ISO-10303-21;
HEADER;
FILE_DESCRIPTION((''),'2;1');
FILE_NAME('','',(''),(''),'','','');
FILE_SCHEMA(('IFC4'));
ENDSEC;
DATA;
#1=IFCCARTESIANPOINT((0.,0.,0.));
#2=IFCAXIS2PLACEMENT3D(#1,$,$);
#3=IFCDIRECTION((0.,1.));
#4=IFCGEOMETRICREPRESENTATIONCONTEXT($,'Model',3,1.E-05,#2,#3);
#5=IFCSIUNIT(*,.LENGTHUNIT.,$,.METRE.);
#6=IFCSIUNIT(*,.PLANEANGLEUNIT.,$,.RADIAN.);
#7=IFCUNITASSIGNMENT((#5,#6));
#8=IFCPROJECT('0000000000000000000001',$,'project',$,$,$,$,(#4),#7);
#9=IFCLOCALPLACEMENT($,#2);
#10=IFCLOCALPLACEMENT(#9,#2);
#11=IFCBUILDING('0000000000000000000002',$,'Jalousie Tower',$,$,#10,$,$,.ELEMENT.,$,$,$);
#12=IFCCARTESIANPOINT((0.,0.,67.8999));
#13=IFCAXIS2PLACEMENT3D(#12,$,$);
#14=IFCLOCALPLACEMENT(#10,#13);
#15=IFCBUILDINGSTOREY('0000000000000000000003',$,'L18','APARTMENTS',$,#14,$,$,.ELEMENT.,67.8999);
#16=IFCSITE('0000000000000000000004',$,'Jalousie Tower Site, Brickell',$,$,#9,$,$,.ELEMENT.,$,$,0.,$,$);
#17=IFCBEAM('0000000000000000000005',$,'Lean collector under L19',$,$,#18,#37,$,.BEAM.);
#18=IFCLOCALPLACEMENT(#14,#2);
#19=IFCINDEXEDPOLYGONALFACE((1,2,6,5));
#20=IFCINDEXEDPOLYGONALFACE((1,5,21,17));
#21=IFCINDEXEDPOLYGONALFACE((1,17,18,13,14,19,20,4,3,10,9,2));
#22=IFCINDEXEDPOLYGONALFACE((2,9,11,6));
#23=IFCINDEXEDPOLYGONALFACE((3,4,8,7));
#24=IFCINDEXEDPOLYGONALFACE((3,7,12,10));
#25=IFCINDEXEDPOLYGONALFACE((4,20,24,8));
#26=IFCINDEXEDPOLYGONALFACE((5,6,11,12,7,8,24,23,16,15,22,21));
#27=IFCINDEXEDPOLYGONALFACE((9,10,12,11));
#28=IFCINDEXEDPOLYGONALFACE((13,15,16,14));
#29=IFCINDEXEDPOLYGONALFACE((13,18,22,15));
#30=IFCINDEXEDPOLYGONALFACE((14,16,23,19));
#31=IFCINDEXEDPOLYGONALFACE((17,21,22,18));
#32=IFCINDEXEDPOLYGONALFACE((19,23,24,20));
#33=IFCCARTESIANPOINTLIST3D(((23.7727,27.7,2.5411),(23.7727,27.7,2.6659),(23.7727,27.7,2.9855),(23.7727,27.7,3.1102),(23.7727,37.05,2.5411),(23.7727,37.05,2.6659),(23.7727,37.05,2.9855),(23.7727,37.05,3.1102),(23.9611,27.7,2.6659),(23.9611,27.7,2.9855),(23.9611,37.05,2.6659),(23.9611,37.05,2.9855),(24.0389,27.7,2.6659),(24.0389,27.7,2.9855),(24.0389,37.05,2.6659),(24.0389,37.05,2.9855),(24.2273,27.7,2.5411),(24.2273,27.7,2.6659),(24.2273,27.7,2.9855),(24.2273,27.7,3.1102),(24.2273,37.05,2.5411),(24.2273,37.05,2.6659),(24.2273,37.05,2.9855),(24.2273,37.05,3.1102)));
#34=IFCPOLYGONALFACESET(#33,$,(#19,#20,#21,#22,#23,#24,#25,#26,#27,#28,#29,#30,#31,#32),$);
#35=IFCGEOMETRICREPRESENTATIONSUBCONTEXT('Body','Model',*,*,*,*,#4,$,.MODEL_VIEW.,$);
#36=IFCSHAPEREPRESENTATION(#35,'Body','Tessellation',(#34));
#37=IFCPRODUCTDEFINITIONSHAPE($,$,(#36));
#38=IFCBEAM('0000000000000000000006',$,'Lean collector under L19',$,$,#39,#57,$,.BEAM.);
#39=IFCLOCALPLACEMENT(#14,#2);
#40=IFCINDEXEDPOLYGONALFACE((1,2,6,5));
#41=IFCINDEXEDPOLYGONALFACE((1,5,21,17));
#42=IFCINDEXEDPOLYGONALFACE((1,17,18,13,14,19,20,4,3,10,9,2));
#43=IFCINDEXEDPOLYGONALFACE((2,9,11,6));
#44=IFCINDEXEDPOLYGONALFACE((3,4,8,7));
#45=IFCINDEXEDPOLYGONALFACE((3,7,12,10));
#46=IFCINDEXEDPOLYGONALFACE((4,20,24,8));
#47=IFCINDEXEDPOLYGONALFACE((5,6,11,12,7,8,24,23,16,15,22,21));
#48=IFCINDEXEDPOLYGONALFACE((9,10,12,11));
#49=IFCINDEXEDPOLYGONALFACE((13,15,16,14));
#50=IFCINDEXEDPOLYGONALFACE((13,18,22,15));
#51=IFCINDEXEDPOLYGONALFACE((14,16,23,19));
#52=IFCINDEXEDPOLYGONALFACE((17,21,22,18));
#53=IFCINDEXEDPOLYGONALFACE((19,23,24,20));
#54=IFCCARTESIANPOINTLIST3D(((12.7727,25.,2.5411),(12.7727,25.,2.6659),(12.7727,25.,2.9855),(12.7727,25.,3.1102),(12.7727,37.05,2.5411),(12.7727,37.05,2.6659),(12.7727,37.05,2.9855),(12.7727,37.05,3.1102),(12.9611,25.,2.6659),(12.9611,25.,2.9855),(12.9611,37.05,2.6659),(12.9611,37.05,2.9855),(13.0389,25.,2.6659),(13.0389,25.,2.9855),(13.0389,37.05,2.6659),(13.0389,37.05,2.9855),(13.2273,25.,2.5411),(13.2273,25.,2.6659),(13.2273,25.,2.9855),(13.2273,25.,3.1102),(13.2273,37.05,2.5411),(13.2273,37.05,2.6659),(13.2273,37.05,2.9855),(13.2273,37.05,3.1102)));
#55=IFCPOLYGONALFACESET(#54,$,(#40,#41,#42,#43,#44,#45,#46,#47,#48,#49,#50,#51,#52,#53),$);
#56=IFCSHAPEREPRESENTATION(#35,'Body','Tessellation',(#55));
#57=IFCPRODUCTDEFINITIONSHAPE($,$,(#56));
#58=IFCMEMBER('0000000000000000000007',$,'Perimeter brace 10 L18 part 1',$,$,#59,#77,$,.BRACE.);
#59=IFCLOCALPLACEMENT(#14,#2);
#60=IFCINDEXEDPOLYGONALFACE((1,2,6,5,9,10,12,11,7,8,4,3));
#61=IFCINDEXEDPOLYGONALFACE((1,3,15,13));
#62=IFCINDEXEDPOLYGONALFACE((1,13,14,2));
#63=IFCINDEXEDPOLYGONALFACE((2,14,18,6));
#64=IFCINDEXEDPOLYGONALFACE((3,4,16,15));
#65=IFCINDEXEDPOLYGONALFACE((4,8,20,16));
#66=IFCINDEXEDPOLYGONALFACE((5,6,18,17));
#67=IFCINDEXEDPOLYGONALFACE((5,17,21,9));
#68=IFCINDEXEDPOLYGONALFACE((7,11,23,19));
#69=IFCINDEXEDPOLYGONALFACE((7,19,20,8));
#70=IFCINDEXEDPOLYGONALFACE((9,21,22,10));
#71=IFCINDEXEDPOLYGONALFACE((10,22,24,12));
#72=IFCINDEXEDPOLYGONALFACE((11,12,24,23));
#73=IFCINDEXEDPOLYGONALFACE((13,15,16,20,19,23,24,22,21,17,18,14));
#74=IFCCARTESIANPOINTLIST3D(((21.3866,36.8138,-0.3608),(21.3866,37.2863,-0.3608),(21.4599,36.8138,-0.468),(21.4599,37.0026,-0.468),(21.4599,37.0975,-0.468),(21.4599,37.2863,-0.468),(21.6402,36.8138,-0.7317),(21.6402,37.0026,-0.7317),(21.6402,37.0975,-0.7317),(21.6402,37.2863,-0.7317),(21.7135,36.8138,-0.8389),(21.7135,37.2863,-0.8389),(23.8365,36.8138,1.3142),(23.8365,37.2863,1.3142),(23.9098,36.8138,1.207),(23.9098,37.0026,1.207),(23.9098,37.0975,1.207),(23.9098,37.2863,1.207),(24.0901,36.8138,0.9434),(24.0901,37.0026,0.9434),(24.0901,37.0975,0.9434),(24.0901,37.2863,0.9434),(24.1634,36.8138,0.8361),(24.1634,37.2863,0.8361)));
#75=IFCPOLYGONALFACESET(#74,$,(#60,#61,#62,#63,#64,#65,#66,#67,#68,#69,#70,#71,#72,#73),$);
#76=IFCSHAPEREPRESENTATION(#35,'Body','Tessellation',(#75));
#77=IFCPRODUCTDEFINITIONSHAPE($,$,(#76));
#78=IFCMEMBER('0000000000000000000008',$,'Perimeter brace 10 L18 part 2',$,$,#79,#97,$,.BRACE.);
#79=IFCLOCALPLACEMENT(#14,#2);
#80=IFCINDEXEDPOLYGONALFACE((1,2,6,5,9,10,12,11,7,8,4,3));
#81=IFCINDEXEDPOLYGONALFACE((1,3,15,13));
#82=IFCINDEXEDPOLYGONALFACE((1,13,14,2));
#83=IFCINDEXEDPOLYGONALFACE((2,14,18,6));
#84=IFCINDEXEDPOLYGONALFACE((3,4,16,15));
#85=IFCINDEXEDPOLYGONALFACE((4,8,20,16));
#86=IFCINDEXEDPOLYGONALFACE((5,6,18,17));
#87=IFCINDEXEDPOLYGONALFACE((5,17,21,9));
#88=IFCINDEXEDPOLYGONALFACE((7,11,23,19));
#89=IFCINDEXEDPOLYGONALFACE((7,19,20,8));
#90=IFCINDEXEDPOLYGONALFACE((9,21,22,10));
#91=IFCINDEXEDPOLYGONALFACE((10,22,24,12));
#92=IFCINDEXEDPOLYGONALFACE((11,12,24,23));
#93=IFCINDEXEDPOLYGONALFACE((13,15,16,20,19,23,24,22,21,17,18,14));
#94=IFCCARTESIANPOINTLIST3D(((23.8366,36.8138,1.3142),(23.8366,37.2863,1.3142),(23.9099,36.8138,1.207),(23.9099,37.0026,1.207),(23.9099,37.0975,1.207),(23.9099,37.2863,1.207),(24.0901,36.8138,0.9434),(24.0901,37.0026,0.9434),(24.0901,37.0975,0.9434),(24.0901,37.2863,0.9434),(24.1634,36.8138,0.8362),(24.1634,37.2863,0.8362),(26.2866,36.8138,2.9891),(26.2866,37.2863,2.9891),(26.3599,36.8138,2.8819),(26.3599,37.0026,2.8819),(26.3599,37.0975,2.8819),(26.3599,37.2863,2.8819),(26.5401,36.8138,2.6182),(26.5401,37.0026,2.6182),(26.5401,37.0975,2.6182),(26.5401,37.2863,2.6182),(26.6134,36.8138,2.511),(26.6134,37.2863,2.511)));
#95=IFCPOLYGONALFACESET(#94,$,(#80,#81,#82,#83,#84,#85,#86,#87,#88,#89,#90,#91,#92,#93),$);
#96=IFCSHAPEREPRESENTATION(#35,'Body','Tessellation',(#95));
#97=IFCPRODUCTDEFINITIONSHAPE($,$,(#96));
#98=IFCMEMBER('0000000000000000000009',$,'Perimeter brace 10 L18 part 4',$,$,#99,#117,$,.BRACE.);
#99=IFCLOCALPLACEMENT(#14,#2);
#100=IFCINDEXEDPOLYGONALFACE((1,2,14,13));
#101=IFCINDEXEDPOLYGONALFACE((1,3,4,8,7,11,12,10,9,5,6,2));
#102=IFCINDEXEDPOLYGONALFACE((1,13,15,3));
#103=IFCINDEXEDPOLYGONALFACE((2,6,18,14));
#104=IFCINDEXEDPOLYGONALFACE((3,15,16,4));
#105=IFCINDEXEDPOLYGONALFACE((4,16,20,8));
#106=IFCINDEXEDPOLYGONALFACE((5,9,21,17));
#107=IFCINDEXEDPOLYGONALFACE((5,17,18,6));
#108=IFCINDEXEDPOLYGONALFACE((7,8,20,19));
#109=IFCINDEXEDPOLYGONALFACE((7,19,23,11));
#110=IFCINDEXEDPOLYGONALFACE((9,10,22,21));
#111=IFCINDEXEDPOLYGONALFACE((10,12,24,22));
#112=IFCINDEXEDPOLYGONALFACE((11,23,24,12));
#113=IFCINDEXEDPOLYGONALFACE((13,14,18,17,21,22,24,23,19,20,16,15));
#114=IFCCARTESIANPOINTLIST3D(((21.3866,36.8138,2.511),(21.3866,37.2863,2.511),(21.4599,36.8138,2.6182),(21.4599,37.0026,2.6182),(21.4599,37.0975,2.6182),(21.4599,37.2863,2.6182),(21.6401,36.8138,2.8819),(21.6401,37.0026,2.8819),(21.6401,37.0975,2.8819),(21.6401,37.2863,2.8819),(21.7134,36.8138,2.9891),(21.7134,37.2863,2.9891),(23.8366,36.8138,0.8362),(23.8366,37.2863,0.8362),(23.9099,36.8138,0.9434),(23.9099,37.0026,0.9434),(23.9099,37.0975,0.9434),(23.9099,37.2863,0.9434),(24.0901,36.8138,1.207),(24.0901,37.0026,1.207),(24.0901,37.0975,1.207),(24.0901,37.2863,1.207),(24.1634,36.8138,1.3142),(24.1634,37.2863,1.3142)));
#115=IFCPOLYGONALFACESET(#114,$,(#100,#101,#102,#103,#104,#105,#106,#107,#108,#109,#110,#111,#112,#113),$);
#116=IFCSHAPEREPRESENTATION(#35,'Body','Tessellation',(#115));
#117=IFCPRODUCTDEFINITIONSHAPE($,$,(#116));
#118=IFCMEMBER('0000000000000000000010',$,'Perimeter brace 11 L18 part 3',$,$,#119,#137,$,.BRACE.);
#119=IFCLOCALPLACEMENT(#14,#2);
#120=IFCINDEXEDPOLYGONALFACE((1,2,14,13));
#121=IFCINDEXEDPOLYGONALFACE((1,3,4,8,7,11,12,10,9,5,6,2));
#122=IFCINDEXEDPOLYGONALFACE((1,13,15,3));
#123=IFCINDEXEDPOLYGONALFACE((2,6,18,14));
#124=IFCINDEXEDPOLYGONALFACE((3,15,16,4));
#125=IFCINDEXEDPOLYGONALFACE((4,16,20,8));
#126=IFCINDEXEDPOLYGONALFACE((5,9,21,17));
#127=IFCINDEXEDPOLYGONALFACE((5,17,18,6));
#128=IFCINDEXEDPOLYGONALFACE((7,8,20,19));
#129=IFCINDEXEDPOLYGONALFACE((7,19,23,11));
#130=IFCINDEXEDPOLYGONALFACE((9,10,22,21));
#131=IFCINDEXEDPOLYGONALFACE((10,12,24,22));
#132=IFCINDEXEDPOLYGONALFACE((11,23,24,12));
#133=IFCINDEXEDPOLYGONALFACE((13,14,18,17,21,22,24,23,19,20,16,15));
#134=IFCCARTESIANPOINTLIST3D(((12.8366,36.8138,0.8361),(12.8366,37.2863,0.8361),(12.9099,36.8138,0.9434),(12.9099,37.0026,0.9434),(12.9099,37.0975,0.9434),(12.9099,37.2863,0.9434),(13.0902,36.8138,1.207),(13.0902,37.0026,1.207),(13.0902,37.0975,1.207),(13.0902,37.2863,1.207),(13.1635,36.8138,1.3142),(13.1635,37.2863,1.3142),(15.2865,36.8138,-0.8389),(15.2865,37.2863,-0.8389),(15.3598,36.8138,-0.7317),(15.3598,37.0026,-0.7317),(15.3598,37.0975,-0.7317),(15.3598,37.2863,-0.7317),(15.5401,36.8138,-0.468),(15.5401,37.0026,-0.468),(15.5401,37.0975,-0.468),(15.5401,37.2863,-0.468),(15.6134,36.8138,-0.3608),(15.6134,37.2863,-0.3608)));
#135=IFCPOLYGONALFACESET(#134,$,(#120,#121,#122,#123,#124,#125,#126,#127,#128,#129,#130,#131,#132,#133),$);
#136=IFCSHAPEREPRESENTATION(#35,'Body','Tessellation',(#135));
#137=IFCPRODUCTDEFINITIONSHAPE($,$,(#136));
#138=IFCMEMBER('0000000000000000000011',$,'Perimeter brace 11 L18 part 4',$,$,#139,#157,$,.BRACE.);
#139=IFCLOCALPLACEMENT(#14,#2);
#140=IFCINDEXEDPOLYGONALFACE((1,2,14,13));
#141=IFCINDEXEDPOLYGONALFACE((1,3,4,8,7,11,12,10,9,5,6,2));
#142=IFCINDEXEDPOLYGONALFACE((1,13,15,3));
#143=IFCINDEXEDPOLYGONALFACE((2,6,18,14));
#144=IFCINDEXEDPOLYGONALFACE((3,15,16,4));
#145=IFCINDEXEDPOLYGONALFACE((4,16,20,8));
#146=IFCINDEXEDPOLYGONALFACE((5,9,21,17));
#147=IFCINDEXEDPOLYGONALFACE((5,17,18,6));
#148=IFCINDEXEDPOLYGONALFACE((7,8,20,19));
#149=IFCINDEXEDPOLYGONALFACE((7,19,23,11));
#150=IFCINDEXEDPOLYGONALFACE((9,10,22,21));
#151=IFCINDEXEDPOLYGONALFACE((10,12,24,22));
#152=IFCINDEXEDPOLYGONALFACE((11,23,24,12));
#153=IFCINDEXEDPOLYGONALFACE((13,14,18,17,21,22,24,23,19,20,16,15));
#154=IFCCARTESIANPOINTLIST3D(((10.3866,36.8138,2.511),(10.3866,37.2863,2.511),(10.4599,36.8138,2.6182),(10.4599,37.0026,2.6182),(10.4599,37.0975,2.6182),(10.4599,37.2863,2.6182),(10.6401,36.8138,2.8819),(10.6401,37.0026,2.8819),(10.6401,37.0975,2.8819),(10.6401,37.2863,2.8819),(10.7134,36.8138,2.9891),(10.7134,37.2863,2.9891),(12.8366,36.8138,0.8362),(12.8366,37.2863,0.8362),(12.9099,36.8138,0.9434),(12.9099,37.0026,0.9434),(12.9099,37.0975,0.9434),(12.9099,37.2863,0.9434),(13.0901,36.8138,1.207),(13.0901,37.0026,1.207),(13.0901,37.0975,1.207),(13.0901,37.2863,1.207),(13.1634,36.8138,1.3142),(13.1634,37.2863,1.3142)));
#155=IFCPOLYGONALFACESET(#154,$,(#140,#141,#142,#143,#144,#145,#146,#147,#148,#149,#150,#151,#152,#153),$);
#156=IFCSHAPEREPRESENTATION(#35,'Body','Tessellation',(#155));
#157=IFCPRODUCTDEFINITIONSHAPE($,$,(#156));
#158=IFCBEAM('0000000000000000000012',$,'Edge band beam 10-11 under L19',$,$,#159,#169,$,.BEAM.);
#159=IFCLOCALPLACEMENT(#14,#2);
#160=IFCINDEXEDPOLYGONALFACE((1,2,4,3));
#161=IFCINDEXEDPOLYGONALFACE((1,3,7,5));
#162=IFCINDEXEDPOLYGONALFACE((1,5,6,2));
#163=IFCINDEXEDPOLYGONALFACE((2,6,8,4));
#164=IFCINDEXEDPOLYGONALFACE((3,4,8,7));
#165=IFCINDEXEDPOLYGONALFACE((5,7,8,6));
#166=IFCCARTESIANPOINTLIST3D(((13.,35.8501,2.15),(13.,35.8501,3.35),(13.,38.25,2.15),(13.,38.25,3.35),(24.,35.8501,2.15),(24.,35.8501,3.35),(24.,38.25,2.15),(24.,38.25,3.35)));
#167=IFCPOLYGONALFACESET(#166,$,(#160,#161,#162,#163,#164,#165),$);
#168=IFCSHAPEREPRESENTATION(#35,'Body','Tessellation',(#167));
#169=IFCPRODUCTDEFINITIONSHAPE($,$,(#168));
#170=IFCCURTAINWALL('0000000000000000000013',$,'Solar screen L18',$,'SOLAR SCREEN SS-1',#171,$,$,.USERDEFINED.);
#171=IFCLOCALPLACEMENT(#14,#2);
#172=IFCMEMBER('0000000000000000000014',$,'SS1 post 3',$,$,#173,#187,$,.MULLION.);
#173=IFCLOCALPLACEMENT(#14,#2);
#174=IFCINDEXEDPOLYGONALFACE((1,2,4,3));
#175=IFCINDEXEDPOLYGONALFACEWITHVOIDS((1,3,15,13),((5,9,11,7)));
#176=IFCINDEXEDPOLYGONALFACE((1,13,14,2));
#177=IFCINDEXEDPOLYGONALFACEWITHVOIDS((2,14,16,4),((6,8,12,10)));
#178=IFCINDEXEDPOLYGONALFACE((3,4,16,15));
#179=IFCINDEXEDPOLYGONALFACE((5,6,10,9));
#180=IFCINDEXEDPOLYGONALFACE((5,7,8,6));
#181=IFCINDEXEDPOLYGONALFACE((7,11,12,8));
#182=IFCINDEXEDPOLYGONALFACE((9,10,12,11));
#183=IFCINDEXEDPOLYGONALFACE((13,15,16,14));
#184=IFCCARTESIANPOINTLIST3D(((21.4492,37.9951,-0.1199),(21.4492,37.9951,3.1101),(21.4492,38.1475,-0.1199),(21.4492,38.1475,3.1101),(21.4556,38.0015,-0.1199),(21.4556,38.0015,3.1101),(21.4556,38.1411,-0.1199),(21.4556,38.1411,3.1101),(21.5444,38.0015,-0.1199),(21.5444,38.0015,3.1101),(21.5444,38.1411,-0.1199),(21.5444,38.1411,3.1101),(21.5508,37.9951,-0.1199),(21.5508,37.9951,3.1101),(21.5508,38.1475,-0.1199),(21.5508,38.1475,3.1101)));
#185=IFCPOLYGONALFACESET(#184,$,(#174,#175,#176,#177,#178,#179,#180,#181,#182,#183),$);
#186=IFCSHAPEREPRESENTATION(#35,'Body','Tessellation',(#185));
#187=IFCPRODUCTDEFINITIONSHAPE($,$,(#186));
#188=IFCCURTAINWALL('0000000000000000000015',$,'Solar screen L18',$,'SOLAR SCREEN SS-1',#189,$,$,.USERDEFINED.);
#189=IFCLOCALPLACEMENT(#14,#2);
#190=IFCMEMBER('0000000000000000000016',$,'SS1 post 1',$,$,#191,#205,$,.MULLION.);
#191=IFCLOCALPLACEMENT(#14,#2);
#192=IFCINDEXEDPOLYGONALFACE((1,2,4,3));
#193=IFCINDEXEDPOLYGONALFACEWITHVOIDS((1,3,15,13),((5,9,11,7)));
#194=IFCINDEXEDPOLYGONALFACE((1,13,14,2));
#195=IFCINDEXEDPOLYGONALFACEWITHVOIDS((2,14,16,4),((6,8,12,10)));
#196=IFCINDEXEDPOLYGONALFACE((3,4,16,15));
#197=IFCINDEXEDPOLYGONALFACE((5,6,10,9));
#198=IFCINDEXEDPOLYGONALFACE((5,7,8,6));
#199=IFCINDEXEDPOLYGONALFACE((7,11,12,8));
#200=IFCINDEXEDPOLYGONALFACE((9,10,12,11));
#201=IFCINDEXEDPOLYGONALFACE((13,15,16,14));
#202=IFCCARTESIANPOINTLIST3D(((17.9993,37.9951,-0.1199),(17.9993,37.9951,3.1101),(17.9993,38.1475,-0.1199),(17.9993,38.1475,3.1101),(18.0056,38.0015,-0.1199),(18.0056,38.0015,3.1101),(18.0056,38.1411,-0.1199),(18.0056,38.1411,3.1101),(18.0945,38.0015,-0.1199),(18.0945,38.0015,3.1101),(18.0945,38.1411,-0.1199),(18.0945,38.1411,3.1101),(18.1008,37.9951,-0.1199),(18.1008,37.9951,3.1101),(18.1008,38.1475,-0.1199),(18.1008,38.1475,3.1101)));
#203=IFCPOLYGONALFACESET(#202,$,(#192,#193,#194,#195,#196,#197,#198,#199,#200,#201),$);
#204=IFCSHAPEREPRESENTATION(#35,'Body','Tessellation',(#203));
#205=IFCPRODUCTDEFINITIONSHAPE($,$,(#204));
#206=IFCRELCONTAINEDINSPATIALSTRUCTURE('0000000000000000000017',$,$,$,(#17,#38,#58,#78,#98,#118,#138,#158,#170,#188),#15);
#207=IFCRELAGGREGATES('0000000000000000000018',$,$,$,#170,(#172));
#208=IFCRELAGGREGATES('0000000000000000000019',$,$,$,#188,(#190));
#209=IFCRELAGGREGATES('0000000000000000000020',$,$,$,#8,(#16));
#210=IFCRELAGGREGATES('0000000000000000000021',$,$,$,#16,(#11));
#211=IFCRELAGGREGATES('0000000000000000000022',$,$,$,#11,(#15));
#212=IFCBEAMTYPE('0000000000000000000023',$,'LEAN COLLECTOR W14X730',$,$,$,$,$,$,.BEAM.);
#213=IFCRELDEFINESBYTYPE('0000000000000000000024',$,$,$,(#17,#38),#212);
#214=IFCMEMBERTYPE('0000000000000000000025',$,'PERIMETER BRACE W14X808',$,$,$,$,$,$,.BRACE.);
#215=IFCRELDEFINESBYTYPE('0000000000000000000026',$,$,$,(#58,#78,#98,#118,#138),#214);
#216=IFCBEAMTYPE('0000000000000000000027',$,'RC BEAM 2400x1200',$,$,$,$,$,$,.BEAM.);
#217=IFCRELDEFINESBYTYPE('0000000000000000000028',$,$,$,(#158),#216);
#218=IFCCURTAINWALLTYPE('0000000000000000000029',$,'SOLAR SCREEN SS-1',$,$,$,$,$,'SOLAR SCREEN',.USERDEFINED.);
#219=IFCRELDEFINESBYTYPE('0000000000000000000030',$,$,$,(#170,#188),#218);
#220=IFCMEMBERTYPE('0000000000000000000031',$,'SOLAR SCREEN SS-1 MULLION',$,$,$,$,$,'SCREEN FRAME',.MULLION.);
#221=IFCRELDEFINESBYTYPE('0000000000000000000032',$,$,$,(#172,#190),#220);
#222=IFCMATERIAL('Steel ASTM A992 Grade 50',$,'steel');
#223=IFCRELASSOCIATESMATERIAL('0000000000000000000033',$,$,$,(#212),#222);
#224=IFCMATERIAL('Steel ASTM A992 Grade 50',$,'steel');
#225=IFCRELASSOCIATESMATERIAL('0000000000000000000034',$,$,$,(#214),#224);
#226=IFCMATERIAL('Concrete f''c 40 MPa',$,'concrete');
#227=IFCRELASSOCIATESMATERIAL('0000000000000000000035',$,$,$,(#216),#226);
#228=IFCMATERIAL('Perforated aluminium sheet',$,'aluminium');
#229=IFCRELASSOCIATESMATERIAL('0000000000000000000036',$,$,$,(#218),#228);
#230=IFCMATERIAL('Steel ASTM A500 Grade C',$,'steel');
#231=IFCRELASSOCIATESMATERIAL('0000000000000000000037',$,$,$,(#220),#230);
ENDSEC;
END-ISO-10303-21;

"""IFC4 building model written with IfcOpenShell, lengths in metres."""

from ifc_helpers import new_model, si_unit, direction, frame, origin, origin_2d, place, context, subcontext, project, spatial, rectangle, hollow_rectangle, i_section, extrude, material, material_profile, profile_set, type_object, element, aggregate, save


model = new_model("IFC4")

# Units and contexts
model_context = context("Model", 3, precision=1e-05, world=origin(), true_north=direction((0.0, 1.0)))
body_context = subcontext(model_context, "Body", "Model", "MODEL_VIEW")
ifc_project = project(units=[si_unit("LENGTHUNIT", "METRE"), si_unit("PLANEANGLEUNIT", "RADIAN")], contexts=[model_context])

# Site, building, storey
site_placement = place(None, origin())
site = spatial("IfcSite", under=ifc_project, at=site_placement, Name="Jalousie Tower Site, Brickell", CompositionType="ELEMENT", RefElevation=0.0)
building_placement = place(site_placement, origin())
building = spatial("IfcBuilding", under=site, at=building_placement, Name="Jalousie Tower", CompositionType="ELEMENT")
storey_placement = place(building_placement, frame((0.0, 0.0, 67.8999)))
storey = spatial("IfcBuildingStorey", under=building, at=storey_placement, Name="L18", Description="APARTMENTS", CompositionType="ELEMENT", Elevation=67.8999)

# Beams
ifc_material_1 = material(Name="Steel ASTM A992 Grade 50", Category="steel")
ifc_material_profile_1 = material_profile(ifc_material_1, i_section(OverallWidth=0.4546, OverallDepth=0.5691, WebThickness=0.0779, FlangeThickness=0.1248, at=origin_2d()), Name="W14X730")
ifc_profile_set_1 = profile_set([ifc_material_profile_1], Name="Steel ASTM A992 Grade 50")
beam_type_1 = type_object("IfcBeamType", Name="LEAN COLLECTOR W14X730", PredefinedType="BEAM", material=ifc_profile_set_1)
beam_1_placement = place(storey_placement, frame((24.0, 37.05, 2.8257), z_axis=(0.0, -1.0, 0.0), x_axis=(1.0, 0.0, 0.0)))
element("IfcBeam", 1, at=beam_1_placement, inside=storey, type_object=beam_type_1, Name="Lean collector under L19", PredefinedType="BEAM", context=body_context, shape_type="SweptSolid", body=[
    extrude(i_section(OverallWidth=0.4546, OverallDepth=0.5691, WebThickness=0.0779, FlangeThickness=0.1248, at=origin_2d()), origin(), (0.0, 0.0, 1.0), 9.3501),
])
beam_2_placement = place(storey_placement, frame((13.0, 37.05, 2.8257), z_axis=(0.0, -1.0, 0.0), x_axis=(1.0, 0.0, 0.0)))
element("IfcBeam", 2, at=beam_2_placement, inside=storey, type_object=beam_type_1, Name="Lean collector under L19", PredefinedType="BEAM", context=body_context, shape_type="SweptSolid", body=[
    extrude(i_section(OverallWidth=0.4546, OverallDepth=0.5691, WebThickness=0.0779, FlangeThickness=0.1248, at=origin_2d()), origin(), (0.0, 0.0, 1.0), 12.05),
])

# Members
ifc_material_2 = material(Name="Steel ASTM A992 Grade 50", Category="steel")
ifc_material_profile_2 = material_profile(ifc_material_2, i_section(OverallWidth=0.4724, OverallDepth=0.5791, WebThickness=0.095, FlangeThickness=0.1299, at=origin_2d()), Name="W14X808")
ifc_profile_set_2 = profile_set([ifc_material_profile_2], Name="Steel ASTM A992 Grade 50")
member_type_1 = type_object("IfcMemberType", Name="PERIMETER BRACE W14X808", PredefinedType="BRACE", material=ifc_profile_set_2)
for number, where, z_axis, x_axis, name in (
    (3, (21.55, 37.05, -0.5999), (0.825501, 0.0, 0.564401), (0.0, 1.0, 0.0), "Perimeter brace 10 L18 part 1"),
    (4, (24.0, 37.05, 1.0752), (0.825539, 0.0, 0.564345), (0.0, 1.0, 0.0), "Perimeter brace 10 L18 part 2"),
    (5, (24.0, 37.05, 1.0752), (-0.825539, 0.0, 0.564345), (0.0, -1.0, 0.0), "Perimeter brace 10 L18 part 4"),
    (6, (15.45, 37.05, -0.5999), (-0.825501, 0.0, 0.564401), (0.0, -1.0, 0.0), "Perimeter brace 11 L18 part 3"),
    (7, (13.0, 37.05, 1.0752), (-0.825539, 0.0, 0.564345), (0.0, -1.0, 0.0), "Perimeter brace 11 L18 part 4"),
):
    element("IfcMember", number, at=place(storey_placement, frame(where, z_axis=z_axis, x_axis=x_axis)), inside=storey, type_object=member_type_1, Name=name, PredefinedType="BRACE", context=body_context, shape_type="SweptSolid", body=[
        extrude(i_section(OverallWidth=0.4724, OverallDepth=0.5791, WebThickness=0.095, FlangeThickness=0.1299, at=origin_2d()), origin(), (0.0, 0.0, 1.0), 2.9678),
    ])

# Beam
ifc_material_3 = material(Name="Concrete f'c 40 MPa", Category="concrete")
ifc_material_profile_3 = material_profile(ifc_material_3, rectangle(XDim=2.3999, YDim=1.2, at=origin_2d()), Name="RC 2400x1200")
ifc_profile_set_3 = profile_set([ifc_material_profile_3], Name="Concrete f'c 40 MPa")
beam_type_2 = type_object("IfcBeamType", Name="RC BEAM 2400x1200", PredefinedType="BEAM", material=ifc_profile_set_3)
beam_3_placement = place(storey_placement, frame((24.0, 37.05, 2.75), z_axis=(-1.0, 0.0, 0.0), x_axis=(0.0, -1.0, 0.0)))
element("IfcBeam", 8, at=beam_3_placement, inside=storey, type_object=beam_type_2, Name="Edge band beam 10-11 under L19", PredefinedType="BEAM", context=body_context, shape_type="SweptSolid", body=[
    extrude(rectangle(XDim=2.3999, YDim=1.2, at=origin_2d()), origin(), (0.0, 0.0, 1.0), 11.0),
])

# Curtain wall, member
ifc_material_4 = material(Name="Perforated aluminium sheet", Category="aluminium")
curtain_wall_type = type_object("IfcCurtainWallType", Name="SOLAR SCREEN SS-1", ElementType="SOLAR SCREEN", PredefinedType="USERDEFINED", material=ifc_material_4)
curtain_wall_1_placement = place(storey_placement, origin())
curtain_wall_1 = element("IfcCurtainWall", 9, at=curtain_wall_1_placement, inside=storey, type_object=curtain_wall_type, Name="Solar screen L18", ObjectType="SOLAR SCREEN SS-1", PredefinedType="USERDEFINED")
ifc_material_5 = material(Name="Steel ASTM A500 Grade C", Category="steel")
ifc_material_profile_4 = material_profile(ifc_material_5, hollow_rectangle(XDim=0.1016, YDim=0.1523, WallThickness=0.0063, at=origin_2d()), Name="HSS6X4X1/4")
ifc_profile_set_4 = profile_set([ifc_material_profile_4], Name="Steel ASTM A500 Grade C")
member_type_2 = type_object("IfcMemberType", Name="SOLAR SCREEN SS-1 MULLION", ElementType="SCREEN FRAME", PredefinedType="MULLION", material=ifc_profile_set_4)
member_1_placement = place(storey_placement, frame((21.5, 38.0713, -0.1199), z_axis=(0.0, 0.0, 1.0), x_axis=(-1.0, 0.0, 0.0)))
member_1 = element("IfcMember", 10, at=member_1_placement, type_object=member_type_2, Name="SS1 post 3", PredefinedType="MULLION", context=body_context, shape_type="SweptSolid", body=[
    extrude(hollow_rectangle(XDim=0.1016, YDim=0.1523, WallThickness=0.0063, at=origin_2d()), origin(), (0.0, 0.0, 1.0), 3.23),
])

# Curtain wall, member
curtain_wall_2_placement = place(storey_placement, origin())
curtain_wall_2 = element("IfcCurtainWall", 11, at=curtain_wall_2_placement, inside=storey, type_object=curtain_wall_type, Name="Solar screen L18", ObjectType="SOLAR SCREEN SS-1", PredefinedType="USERDEFINED")
member_2_placement = place(storey_placement, frame((18.05, 38.0713, -0.1199), z_axis=(0.0, 0.0, 1.0), x_axis=(-1.0, 0.0, 0.0)))
member_2 = element("IfcMember", 12, at=member_2_placement, type_object=member_type_2, Name="SS1 post 1", PredefinedType="MULLION", context=body_context, shape_type="SweptSolid", body=[
    extrude(hollow_rectangle(XDim=0.1016, YDim=0.1523, WallThickness=0.0063, at=origin_2d()), origin(), (0.0, 0.0, 1.0), 3.23),
])

aggregate(curtain_wall_1, [member_1])
aggregate(curtain_wall_2, [member_2])

save(model, "model.ifc")
